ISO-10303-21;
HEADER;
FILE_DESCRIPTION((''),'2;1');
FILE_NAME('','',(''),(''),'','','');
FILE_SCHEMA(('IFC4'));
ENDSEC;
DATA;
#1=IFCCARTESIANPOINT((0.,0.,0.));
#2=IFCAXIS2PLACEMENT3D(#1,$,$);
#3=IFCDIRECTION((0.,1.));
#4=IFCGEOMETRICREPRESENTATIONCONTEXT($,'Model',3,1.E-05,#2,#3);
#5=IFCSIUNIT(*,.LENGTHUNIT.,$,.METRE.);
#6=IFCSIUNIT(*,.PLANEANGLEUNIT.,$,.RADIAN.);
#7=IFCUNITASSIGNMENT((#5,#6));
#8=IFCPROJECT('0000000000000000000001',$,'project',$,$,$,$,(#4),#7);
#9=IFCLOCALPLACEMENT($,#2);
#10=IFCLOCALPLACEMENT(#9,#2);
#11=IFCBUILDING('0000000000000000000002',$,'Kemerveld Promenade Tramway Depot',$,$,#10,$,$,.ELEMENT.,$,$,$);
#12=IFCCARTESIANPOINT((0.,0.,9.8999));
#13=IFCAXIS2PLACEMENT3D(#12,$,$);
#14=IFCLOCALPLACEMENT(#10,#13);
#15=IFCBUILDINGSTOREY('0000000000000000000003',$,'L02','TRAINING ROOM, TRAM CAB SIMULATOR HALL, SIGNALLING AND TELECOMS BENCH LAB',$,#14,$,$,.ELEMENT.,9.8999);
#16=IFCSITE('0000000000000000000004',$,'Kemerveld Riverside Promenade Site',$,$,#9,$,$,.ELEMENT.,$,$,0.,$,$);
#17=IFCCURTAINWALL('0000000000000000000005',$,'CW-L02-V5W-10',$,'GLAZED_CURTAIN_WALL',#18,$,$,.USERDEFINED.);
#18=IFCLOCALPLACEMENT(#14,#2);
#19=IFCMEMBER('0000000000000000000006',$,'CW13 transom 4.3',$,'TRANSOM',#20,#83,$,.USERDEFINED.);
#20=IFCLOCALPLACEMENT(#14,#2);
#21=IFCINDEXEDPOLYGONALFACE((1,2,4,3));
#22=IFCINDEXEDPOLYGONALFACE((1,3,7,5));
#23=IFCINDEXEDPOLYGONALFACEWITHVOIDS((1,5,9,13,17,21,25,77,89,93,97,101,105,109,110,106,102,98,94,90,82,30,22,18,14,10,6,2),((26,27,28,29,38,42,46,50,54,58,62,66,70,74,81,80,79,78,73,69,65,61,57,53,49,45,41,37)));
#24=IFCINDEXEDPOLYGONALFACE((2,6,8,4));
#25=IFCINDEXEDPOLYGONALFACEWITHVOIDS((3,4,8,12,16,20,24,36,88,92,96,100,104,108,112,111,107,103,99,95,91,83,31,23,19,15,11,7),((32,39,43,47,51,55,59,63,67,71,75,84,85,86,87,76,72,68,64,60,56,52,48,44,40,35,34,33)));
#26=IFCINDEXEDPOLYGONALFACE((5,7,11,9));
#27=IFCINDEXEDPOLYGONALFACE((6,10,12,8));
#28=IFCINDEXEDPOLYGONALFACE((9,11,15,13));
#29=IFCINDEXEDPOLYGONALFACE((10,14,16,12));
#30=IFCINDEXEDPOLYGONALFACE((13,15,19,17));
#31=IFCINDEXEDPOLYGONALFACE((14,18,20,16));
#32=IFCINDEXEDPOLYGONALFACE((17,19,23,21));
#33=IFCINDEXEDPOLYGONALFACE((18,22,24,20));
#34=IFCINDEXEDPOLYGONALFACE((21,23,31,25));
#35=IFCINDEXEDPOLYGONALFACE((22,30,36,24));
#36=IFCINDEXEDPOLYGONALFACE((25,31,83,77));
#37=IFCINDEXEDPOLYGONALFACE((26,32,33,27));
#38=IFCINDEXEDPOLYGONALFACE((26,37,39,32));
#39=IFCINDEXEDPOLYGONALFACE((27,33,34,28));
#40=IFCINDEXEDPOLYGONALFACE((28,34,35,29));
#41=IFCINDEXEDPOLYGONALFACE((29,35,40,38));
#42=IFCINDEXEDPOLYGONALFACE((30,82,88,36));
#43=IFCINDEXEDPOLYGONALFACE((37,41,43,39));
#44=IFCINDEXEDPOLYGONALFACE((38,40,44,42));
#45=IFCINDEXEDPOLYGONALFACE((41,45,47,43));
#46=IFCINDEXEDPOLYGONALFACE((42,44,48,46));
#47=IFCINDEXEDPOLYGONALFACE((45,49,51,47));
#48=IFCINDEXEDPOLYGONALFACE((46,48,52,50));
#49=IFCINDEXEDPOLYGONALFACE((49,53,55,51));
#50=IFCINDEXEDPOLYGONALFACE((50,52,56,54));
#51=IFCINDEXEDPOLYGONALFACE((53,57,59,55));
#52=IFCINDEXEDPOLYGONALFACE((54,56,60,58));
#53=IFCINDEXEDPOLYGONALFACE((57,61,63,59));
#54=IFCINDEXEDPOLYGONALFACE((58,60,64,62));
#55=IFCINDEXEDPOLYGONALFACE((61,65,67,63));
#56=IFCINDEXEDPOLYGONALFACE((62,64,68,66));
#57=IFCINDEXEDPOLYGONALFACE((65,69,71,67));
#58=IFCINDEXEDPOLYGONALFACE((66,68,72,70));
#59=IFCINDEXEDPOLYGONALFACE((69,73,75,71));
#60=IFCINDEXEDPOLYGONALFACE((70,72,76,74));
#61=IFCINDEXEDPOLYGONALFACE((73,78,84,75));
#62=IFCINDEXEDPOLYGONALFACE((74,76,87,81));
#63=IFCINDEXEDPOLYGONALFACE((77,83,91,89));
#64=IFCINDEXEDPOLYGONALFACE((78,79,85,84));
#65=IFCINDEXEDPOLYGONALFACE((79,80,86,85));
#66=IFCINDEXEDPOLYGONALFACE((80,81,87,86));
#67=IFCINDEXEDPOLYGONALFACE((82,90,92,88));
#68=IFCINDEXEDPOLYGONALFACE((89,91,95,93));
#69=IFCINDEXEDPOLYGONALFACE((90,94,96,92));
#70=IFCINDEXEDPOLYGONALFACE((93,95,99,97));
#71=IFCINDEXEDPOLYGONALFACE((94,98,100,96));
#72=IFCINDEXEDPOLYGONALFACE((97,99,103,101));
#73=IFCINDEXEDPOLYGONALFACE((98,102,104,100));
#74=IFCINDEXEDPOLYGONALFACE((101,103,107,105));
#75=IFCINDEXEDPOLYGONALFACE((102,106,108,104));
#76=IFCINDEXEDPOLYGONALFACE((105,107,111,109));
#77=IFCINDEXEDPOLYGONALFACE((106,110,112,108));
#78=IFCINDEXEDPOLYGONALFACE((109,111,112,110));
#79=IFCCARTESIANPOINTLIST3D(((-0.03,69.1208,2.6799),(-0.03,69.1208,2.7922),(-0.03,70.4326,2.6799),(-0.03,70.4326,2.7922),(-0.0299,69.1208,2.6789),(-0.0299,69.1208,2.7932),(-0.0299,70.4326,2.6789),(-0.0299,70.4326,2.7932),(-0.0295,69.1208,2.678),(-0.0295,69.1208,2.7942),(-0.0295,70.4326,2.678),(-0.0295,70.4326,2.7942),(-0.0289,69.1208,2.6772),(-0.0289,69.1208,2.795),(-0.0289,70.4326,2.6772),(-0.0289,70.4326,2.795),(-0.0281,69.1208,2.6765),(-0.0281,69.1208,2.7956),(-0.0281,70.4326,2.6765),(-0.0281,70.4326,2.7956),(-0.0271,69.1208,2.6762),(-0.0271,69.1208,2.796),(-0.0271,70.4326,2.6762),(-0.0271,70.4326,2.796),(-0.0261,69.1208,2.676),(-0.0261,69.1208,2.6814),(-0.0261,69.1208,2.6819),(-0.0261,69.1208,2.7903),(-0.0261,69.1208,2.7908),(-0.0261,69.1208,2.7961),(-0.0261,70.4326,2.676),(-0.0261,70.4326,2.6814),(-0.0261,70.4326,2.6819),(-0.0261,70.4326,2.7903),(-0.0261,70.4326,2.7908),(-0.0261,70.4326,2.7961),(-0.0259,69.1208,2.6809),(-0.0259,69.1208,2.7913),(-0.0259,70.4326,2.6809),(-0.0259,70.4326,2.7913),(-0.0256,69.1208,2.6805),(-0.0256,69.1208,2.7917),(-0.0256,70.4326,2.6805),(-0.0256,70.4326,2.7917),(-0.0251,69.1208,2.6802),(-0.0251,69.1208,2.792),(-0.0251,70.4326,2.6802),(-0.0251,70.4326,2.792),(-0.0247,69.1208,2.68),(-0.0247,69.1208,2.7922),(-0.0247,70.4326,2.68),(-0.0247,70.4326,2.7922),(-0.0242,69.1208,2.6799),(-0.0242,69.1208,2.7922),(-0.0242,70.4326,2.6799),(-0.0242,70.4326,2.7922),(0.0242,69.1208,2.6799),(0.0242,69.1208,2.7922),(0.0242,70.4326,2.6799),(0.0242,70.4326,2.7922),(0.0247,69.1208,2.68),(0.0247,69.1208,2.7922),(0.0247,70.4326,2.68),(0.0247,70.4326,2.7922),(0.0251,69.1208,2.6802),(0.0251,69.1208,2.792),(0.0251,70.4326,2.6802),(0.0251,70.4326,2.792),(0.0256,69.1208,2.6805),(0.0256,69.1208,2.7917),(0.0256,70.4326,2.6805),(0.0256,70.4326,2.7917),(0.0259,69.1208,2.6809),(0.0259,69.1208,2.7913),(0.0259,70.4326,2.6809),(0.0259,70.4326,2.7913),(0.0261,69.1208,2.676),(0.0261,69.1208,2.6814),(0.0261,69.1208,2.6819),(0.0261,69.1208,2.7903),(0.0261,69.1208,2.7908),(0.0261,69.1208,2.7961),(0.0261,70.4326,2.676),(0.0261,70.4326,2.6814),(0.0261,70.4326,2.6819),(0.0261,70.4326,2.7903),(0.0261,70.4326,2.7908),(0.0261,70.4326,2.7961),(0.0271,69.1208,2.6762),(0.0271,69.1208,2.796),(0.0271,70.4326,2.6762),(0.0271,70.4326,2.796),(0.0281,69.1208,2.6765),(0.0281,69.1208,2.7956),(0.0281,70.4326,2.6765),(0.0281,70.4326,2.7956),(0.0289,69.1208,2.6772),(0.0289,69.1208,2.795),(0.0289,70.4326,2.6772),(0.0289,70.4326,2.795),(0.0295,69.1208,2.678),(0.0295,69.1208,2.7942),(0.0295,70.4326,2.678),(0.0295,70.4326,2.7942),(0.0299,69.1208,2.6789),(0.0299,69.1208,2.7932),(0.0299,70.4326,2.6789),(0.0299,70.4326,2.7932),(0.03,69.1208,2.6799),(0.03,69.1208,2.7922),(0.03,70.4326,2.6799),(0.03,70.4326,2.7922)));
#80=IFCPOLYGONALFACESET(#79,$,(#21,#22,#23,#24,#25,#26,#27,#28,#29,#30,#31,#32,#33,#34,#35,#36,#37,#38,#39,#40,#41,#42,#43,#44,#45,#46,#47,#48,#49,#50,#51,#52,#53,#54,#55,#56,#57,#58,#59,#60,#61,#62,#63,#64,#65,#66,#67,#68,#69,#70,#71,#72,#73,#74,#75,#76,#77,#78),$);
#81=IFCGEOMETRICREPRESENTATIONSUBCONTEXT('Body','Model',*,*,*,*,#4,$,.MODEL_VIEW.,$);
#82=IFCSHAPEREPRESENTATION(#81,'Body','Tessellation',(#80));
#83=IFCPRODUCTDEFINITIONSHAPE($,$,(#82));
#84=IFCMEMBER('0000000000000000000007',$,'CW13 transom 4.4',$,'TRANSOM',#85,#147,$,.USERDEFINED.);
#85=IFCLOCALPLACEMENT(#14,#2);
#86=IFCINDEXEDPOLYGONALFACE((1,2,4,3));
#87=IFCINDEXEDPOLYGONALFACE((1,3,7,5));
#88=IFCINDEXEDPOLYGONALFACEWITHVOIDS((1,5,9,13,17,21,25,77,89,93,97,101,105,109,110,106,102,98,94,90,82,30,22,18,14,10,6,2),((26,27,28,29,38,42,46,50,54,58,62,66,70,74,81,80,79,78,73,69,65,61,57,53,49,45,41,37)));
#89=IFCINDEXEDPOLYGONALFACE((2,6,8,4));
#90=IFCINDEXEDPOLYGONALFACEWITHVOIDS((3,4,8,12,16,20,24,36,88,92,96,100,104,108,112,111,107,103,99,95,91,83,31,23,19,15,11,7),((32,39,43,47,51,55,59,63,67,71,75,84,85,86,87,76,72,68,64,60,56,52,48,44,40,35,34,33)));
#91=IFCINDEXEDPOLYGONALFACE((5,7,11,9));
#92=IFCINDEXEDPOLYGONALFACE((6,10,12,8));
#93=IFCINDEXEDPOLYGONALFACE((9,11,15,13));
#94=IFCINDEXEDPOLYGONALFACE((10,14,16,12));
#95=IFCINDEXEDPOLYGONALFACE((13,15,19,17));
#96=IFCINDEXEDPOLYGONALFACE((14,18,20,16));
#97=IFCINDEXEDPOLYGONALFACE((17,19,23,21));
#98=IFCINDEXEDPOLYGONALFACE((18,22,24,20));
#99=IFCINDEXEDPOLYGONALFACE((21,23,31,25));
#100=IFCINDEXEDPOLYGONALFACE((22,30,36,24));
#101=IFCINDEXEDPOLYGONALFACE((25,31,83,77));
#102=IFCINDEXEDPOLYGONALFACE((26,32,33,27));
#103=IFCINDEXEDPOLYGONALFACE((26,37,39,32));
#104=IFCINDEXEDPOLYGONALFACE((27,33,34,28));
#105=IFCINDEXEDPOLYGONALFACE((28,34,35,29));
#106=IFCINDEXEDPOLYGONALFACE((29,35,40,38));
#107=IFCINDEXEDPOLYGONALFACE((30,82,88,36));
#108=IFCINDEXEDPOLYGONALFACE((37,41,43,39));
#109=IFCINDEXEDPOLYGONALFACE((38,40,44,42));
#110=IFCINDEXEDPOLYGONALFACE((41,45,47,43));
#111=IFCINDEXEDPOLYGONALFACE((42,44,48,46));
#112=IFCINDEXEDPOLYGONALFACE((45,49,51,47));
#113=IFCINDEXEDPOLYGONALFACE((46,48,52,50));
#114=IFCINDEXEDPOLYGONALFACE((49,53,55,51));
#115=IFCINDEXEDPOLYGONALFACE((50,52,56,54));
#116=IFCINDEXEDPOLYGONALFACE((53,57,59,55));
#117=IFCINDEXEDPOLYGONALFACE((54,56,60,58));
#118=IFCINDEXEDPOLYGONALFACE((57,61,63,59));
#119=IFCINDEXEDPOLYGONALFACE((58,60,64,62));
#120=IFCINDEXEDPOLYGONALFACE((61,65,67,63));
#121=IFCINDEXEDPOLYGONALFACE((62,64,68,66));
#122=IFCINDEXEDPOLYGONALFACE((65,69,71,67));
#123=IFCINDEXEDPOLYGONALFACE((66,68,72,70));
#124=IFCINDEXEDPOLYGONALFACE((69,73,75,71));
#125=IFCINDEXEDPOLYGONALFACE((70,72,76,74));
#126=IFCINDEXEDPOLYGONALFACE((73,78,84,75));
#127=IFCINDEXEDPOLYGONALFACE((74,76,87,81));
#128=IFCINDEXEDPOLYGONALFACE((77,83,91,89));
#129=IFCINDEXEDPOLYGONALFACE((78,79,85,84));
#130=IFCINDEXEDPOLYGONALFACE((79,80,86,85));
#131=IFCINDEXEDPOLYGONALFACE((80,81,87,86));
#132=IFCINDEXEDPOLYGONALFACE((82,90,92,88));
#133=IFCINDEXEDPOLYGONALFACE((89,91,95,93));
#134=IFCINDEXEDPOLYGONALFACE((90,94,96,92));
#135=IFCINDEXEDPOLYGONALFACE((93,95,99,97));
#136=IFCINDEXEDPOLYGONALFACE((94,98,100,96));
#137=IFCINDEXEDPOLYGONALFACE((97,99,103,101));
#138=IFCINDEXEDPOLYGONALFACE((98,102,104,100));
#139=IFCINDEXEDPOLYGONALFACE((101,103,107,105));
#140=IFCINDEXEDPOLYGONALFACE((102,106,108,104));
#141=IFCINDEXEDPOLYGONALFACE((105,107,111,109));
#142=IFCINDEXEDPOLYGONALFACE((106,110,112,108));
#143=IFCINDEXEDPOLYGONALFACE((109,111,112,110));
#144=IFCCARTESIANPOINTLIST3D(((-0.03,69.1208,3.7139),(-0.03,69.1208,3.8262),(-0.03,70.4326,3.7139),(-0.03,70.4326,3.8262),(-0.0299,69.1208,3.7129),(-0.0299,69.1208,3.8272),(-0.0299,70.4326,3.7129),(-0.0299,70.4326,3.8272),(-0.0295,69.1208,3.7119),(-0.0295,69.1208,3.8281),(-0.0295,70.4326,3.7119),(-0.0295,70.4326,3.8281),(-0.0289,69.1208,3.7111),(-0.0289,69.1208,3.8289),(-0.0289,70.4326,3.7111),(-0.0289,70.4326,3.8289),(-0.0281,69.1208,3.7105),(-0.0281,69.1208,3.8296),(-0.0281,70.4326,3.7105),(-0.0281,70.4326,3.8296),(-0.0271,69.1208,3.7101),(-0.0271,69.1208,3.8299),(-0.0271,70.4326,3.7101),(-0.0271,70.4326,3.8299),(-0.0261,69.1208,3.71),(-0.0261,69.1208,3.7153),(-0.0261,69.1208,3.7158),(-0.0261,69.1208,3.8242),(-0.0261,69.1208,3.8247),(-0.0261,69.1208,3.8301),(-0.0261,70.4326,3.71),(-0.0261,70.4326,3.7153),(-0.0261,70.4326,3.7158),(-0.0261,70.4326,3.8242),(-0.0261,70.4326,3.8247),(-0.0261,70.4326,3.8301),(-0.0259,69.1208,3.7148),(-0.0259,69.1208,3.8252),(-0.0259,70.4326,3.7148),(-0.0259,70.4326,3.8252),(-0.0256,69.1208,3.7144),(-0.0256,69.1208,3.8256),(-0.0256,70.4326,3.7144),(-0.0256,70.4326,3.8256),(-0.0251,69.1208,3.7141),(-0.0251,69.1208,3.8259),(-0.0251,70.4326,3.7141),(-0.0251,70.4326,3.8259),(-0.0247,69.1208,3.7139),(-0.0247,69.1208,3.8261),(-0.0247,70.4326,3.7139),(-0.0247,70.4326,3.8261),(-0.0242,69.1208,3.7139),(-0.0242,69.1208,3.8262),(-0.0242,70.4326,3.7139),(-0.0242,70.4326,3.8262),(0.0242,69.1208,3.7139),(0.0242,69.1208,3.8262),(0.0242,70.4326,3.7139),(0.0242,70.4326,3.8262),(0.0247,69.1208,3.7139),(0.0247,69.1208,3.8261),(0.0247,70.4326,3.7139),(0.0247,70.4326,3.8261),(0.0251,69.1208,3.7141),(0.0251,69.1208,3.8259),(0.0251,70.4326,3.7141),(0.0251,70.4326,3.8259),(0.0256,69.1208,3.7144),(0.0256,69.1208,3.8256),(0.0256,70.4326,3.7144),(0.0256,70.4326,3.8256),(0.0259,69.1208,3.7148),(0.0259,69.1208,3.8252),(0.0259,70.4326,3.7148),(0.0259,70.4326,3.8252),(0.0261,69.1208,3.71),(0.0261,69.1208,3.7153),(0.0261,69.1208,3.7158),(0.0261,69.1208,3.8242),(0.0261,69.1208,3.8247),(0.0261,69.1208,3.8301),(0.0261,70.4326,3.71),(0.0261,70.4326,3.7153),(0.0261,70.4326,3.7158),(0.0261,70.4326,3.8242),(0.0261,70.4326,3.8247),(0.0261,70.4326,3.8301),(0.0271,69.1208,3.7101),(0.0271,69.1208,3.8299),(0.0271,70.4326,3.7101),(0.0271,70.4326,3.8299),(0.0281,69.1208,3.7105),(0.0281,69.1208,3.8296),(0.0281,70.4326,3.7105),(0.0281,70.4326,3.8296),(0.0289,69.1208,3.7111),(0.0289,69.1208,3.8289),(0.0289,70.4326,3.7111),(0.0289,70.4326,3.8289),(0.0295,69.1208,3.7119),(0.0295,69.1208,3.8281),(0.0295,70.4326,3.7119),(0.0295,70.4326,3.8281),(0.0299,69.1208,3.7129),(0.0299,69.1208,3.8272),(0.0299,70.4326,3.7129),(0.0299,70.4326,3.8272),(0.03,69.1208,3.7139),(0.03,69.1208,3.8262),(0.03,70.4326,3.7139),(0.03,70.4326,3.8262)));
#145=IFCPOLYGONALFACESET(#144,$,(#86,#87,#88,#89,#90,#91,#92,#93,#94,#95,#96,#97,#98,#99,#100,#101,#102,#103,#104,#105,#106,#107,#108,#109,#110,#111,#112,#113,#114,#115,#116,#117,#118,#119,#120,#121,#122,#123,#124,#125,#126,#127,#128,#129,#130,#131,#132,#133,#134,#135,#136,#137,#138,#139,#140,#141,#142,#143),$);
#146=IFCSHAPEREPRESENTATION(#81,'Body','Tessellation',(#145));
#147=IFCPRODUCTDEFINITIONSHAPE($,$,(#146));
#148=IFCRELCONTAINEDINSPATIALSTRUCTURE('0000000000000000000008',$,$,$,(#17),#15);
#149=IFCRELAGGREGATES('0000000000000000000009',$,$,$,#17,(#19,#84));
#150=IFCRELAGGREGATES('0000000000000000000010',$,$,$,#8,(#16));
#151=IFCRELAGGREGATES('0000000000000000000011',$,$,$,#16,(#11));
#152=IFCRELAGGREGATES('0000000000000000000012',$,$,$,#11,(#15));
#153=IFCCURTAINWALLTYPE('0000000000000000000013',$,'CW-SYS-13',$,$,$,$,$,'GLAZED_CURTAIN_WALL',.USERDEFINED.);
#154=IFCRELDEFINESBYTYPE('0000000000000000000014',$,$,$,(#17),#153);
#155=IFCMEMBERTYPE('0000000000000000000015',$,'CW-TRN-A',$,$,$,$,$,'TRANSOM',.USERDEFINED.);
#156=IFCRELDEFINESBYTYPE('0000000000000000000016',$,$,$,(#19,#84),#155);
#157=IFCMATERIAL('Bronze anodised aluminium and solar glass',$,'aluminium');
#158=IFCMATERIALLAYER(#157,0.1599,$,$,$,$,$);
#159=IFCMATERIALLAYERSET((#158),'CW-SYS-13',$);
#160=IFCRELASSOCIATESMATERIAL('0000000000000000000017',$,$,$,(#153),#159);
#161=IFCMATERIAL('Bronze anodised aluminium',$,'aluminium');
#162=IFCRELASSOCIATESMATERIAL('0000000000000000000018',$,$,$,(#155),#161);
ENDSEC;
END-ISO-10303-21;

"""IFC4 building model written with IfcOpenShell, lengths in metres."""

from ifc_helpers import new_model, si_unit, direction, frame, origin, origin_2d, place, context, subcontext, project, spatial, hollow_rectangle, extrude, material, layer, layer_set, material_profile, profile_set, type_object, element, aggregate, save


model = new_model("IFC4")

# Units and contexts
model_context = context("Model", 3, precision=1e-05, world=origin(), true_north=direction((0.0, 1.0)))
body_context = subcontext(model_context, "Body", "Model", "MODEL_VIEW")
ifc_project = project(units=[si_unit("LENGTHUNIT", "METRE"), si_unit("PLANEANGLEUNIT", "RADIAN")], contexts=[model_context])

# Site, building, storey
site_placement = place(None, origin())
site = spatial("IfcSite", under=ifc_project, at=site_placement, Name="Kemerveld Riverside Promenade Site", CompositionType="ELEMENT", RefElevation=0.0)
building_placement = place(site_placement, origin())
building = spatial("IfcBuilding", under=site, at=building_placement, Name="Kemerveld Promenade Tramway Depot", CompositionType="ELEMENT")
storey_placement = place(building_placement, frame((0.0, 0.0, 9.8999)))
storey = spatial("IfcBuildingStorey", under=building, at=storey_placement, Name="L02", Description="TRAINING ROOM, TRAM CAB SIMULATOR HALL, SIGNALLING AND TELECOMS BENCH LAB", CompositionType="ELEMENT", Elevation=9.8999)

# Curtain wall, members
ifc_material_1 = material(Name="Bronze anodised aluminium and solar glass", Category="aluminium")
ifc_layer_1 = layer(ifc_material_1, 0.1599)
ifc_layer_set_1 = layer_set([ifc_layer_1], Name="CW-SYS-13")
curtain_wall_type = type_object("IfcCurtainWallType", Name="CW-SYS-13", ElementType="GLAZED_CURTAIN_WALL", PredefinedType="USERDEFINED", material=ifc_layer_set_1)
curtain_wall_placement = place(storey_placement, origin())
curtain_wall = element("IfcCurtainWall", 1, at=curtain_wall_placement, inside=storey, type_object=curtain_wall_type, Name="CW-L02-V5W-10", ObjectType="GLAZED_CURTAIN_WALL", PredefinedType="USERDEFINED")
ifc_material_2 = material(Name="Bronze anodised aluminium", Category="aluminium")
ifc_material_profile_1 = material_profile(ifc_material_2, hollow_rectangle(XDim=0.0601, YDim=0.1201, WallThickness=0.0039, InnerFilletRadius=0.002, OuterFilletRadius=0.0039, at=origin_2d()), Name="CW-TRN-120x60")
ifc_profile_set_1 = profile_set([ifc_material_profile_1], Name="Bronze anodised aluminium")
member_type_1 = type_object("IfcMemberType", Name="CW-TRN-A", ElementType="TRANSOM", PredefinedType="USERDEFINED", material=ifc_profile_set_1)
member_1_placement = place(storey_placement, frame((0.0, 69.1208, 2.7361), z_axis=(0.0, 1.0, 0.0), x_axis=(-1.0, 0.0, 0.0)))
member_1 = element("IfcMember", 2, at=member_1_placement, type_object=member_type_1, Name="CW13 transom 4.3", ObjectType="TRANSOM", PredefinedType="USERDEFINED", context=body_context, shape_type="SweptSolid", body=[
    extrude(hollow_rectangle(XDim=0.0601, YDim=0.1201, WallThickness=0.0039, InnerFilletRadius=0.002, OuterFilletRadius=0.0039, at=origin_2d()), origin(), (0.0, 0.0, 1.0), 1.3118),
])
member_2_placement = place(storey_placement, frame((0.0, 69.1208, 3.77), z_axis=(0.0, 1.0, 0.0), x_axis=(-1.0, 0.0, 0.0)))
member_2 = element("IfcMember", 3, at=member_2_placement, type_object=member_type_1, Name="CW13 transom 4.4", ObjectType="TRANSOM", PredefinedType="USERDEFINED", context=body_context, shape_type="SweptSolid", body=[
    extrude(hollow_rectangle(XDim=0.0601, YDim=0.1201, WallThickness=0.0039, InnerFilletRadius=0.002, OuterFilletRadius=0.0039, at=origin_2d()), origin(), (0.0, 0.0, 1.0), 1.3118),
])
aggregate(curtain_wall, [member_1, member_2])

save(model, "model.ifc")
